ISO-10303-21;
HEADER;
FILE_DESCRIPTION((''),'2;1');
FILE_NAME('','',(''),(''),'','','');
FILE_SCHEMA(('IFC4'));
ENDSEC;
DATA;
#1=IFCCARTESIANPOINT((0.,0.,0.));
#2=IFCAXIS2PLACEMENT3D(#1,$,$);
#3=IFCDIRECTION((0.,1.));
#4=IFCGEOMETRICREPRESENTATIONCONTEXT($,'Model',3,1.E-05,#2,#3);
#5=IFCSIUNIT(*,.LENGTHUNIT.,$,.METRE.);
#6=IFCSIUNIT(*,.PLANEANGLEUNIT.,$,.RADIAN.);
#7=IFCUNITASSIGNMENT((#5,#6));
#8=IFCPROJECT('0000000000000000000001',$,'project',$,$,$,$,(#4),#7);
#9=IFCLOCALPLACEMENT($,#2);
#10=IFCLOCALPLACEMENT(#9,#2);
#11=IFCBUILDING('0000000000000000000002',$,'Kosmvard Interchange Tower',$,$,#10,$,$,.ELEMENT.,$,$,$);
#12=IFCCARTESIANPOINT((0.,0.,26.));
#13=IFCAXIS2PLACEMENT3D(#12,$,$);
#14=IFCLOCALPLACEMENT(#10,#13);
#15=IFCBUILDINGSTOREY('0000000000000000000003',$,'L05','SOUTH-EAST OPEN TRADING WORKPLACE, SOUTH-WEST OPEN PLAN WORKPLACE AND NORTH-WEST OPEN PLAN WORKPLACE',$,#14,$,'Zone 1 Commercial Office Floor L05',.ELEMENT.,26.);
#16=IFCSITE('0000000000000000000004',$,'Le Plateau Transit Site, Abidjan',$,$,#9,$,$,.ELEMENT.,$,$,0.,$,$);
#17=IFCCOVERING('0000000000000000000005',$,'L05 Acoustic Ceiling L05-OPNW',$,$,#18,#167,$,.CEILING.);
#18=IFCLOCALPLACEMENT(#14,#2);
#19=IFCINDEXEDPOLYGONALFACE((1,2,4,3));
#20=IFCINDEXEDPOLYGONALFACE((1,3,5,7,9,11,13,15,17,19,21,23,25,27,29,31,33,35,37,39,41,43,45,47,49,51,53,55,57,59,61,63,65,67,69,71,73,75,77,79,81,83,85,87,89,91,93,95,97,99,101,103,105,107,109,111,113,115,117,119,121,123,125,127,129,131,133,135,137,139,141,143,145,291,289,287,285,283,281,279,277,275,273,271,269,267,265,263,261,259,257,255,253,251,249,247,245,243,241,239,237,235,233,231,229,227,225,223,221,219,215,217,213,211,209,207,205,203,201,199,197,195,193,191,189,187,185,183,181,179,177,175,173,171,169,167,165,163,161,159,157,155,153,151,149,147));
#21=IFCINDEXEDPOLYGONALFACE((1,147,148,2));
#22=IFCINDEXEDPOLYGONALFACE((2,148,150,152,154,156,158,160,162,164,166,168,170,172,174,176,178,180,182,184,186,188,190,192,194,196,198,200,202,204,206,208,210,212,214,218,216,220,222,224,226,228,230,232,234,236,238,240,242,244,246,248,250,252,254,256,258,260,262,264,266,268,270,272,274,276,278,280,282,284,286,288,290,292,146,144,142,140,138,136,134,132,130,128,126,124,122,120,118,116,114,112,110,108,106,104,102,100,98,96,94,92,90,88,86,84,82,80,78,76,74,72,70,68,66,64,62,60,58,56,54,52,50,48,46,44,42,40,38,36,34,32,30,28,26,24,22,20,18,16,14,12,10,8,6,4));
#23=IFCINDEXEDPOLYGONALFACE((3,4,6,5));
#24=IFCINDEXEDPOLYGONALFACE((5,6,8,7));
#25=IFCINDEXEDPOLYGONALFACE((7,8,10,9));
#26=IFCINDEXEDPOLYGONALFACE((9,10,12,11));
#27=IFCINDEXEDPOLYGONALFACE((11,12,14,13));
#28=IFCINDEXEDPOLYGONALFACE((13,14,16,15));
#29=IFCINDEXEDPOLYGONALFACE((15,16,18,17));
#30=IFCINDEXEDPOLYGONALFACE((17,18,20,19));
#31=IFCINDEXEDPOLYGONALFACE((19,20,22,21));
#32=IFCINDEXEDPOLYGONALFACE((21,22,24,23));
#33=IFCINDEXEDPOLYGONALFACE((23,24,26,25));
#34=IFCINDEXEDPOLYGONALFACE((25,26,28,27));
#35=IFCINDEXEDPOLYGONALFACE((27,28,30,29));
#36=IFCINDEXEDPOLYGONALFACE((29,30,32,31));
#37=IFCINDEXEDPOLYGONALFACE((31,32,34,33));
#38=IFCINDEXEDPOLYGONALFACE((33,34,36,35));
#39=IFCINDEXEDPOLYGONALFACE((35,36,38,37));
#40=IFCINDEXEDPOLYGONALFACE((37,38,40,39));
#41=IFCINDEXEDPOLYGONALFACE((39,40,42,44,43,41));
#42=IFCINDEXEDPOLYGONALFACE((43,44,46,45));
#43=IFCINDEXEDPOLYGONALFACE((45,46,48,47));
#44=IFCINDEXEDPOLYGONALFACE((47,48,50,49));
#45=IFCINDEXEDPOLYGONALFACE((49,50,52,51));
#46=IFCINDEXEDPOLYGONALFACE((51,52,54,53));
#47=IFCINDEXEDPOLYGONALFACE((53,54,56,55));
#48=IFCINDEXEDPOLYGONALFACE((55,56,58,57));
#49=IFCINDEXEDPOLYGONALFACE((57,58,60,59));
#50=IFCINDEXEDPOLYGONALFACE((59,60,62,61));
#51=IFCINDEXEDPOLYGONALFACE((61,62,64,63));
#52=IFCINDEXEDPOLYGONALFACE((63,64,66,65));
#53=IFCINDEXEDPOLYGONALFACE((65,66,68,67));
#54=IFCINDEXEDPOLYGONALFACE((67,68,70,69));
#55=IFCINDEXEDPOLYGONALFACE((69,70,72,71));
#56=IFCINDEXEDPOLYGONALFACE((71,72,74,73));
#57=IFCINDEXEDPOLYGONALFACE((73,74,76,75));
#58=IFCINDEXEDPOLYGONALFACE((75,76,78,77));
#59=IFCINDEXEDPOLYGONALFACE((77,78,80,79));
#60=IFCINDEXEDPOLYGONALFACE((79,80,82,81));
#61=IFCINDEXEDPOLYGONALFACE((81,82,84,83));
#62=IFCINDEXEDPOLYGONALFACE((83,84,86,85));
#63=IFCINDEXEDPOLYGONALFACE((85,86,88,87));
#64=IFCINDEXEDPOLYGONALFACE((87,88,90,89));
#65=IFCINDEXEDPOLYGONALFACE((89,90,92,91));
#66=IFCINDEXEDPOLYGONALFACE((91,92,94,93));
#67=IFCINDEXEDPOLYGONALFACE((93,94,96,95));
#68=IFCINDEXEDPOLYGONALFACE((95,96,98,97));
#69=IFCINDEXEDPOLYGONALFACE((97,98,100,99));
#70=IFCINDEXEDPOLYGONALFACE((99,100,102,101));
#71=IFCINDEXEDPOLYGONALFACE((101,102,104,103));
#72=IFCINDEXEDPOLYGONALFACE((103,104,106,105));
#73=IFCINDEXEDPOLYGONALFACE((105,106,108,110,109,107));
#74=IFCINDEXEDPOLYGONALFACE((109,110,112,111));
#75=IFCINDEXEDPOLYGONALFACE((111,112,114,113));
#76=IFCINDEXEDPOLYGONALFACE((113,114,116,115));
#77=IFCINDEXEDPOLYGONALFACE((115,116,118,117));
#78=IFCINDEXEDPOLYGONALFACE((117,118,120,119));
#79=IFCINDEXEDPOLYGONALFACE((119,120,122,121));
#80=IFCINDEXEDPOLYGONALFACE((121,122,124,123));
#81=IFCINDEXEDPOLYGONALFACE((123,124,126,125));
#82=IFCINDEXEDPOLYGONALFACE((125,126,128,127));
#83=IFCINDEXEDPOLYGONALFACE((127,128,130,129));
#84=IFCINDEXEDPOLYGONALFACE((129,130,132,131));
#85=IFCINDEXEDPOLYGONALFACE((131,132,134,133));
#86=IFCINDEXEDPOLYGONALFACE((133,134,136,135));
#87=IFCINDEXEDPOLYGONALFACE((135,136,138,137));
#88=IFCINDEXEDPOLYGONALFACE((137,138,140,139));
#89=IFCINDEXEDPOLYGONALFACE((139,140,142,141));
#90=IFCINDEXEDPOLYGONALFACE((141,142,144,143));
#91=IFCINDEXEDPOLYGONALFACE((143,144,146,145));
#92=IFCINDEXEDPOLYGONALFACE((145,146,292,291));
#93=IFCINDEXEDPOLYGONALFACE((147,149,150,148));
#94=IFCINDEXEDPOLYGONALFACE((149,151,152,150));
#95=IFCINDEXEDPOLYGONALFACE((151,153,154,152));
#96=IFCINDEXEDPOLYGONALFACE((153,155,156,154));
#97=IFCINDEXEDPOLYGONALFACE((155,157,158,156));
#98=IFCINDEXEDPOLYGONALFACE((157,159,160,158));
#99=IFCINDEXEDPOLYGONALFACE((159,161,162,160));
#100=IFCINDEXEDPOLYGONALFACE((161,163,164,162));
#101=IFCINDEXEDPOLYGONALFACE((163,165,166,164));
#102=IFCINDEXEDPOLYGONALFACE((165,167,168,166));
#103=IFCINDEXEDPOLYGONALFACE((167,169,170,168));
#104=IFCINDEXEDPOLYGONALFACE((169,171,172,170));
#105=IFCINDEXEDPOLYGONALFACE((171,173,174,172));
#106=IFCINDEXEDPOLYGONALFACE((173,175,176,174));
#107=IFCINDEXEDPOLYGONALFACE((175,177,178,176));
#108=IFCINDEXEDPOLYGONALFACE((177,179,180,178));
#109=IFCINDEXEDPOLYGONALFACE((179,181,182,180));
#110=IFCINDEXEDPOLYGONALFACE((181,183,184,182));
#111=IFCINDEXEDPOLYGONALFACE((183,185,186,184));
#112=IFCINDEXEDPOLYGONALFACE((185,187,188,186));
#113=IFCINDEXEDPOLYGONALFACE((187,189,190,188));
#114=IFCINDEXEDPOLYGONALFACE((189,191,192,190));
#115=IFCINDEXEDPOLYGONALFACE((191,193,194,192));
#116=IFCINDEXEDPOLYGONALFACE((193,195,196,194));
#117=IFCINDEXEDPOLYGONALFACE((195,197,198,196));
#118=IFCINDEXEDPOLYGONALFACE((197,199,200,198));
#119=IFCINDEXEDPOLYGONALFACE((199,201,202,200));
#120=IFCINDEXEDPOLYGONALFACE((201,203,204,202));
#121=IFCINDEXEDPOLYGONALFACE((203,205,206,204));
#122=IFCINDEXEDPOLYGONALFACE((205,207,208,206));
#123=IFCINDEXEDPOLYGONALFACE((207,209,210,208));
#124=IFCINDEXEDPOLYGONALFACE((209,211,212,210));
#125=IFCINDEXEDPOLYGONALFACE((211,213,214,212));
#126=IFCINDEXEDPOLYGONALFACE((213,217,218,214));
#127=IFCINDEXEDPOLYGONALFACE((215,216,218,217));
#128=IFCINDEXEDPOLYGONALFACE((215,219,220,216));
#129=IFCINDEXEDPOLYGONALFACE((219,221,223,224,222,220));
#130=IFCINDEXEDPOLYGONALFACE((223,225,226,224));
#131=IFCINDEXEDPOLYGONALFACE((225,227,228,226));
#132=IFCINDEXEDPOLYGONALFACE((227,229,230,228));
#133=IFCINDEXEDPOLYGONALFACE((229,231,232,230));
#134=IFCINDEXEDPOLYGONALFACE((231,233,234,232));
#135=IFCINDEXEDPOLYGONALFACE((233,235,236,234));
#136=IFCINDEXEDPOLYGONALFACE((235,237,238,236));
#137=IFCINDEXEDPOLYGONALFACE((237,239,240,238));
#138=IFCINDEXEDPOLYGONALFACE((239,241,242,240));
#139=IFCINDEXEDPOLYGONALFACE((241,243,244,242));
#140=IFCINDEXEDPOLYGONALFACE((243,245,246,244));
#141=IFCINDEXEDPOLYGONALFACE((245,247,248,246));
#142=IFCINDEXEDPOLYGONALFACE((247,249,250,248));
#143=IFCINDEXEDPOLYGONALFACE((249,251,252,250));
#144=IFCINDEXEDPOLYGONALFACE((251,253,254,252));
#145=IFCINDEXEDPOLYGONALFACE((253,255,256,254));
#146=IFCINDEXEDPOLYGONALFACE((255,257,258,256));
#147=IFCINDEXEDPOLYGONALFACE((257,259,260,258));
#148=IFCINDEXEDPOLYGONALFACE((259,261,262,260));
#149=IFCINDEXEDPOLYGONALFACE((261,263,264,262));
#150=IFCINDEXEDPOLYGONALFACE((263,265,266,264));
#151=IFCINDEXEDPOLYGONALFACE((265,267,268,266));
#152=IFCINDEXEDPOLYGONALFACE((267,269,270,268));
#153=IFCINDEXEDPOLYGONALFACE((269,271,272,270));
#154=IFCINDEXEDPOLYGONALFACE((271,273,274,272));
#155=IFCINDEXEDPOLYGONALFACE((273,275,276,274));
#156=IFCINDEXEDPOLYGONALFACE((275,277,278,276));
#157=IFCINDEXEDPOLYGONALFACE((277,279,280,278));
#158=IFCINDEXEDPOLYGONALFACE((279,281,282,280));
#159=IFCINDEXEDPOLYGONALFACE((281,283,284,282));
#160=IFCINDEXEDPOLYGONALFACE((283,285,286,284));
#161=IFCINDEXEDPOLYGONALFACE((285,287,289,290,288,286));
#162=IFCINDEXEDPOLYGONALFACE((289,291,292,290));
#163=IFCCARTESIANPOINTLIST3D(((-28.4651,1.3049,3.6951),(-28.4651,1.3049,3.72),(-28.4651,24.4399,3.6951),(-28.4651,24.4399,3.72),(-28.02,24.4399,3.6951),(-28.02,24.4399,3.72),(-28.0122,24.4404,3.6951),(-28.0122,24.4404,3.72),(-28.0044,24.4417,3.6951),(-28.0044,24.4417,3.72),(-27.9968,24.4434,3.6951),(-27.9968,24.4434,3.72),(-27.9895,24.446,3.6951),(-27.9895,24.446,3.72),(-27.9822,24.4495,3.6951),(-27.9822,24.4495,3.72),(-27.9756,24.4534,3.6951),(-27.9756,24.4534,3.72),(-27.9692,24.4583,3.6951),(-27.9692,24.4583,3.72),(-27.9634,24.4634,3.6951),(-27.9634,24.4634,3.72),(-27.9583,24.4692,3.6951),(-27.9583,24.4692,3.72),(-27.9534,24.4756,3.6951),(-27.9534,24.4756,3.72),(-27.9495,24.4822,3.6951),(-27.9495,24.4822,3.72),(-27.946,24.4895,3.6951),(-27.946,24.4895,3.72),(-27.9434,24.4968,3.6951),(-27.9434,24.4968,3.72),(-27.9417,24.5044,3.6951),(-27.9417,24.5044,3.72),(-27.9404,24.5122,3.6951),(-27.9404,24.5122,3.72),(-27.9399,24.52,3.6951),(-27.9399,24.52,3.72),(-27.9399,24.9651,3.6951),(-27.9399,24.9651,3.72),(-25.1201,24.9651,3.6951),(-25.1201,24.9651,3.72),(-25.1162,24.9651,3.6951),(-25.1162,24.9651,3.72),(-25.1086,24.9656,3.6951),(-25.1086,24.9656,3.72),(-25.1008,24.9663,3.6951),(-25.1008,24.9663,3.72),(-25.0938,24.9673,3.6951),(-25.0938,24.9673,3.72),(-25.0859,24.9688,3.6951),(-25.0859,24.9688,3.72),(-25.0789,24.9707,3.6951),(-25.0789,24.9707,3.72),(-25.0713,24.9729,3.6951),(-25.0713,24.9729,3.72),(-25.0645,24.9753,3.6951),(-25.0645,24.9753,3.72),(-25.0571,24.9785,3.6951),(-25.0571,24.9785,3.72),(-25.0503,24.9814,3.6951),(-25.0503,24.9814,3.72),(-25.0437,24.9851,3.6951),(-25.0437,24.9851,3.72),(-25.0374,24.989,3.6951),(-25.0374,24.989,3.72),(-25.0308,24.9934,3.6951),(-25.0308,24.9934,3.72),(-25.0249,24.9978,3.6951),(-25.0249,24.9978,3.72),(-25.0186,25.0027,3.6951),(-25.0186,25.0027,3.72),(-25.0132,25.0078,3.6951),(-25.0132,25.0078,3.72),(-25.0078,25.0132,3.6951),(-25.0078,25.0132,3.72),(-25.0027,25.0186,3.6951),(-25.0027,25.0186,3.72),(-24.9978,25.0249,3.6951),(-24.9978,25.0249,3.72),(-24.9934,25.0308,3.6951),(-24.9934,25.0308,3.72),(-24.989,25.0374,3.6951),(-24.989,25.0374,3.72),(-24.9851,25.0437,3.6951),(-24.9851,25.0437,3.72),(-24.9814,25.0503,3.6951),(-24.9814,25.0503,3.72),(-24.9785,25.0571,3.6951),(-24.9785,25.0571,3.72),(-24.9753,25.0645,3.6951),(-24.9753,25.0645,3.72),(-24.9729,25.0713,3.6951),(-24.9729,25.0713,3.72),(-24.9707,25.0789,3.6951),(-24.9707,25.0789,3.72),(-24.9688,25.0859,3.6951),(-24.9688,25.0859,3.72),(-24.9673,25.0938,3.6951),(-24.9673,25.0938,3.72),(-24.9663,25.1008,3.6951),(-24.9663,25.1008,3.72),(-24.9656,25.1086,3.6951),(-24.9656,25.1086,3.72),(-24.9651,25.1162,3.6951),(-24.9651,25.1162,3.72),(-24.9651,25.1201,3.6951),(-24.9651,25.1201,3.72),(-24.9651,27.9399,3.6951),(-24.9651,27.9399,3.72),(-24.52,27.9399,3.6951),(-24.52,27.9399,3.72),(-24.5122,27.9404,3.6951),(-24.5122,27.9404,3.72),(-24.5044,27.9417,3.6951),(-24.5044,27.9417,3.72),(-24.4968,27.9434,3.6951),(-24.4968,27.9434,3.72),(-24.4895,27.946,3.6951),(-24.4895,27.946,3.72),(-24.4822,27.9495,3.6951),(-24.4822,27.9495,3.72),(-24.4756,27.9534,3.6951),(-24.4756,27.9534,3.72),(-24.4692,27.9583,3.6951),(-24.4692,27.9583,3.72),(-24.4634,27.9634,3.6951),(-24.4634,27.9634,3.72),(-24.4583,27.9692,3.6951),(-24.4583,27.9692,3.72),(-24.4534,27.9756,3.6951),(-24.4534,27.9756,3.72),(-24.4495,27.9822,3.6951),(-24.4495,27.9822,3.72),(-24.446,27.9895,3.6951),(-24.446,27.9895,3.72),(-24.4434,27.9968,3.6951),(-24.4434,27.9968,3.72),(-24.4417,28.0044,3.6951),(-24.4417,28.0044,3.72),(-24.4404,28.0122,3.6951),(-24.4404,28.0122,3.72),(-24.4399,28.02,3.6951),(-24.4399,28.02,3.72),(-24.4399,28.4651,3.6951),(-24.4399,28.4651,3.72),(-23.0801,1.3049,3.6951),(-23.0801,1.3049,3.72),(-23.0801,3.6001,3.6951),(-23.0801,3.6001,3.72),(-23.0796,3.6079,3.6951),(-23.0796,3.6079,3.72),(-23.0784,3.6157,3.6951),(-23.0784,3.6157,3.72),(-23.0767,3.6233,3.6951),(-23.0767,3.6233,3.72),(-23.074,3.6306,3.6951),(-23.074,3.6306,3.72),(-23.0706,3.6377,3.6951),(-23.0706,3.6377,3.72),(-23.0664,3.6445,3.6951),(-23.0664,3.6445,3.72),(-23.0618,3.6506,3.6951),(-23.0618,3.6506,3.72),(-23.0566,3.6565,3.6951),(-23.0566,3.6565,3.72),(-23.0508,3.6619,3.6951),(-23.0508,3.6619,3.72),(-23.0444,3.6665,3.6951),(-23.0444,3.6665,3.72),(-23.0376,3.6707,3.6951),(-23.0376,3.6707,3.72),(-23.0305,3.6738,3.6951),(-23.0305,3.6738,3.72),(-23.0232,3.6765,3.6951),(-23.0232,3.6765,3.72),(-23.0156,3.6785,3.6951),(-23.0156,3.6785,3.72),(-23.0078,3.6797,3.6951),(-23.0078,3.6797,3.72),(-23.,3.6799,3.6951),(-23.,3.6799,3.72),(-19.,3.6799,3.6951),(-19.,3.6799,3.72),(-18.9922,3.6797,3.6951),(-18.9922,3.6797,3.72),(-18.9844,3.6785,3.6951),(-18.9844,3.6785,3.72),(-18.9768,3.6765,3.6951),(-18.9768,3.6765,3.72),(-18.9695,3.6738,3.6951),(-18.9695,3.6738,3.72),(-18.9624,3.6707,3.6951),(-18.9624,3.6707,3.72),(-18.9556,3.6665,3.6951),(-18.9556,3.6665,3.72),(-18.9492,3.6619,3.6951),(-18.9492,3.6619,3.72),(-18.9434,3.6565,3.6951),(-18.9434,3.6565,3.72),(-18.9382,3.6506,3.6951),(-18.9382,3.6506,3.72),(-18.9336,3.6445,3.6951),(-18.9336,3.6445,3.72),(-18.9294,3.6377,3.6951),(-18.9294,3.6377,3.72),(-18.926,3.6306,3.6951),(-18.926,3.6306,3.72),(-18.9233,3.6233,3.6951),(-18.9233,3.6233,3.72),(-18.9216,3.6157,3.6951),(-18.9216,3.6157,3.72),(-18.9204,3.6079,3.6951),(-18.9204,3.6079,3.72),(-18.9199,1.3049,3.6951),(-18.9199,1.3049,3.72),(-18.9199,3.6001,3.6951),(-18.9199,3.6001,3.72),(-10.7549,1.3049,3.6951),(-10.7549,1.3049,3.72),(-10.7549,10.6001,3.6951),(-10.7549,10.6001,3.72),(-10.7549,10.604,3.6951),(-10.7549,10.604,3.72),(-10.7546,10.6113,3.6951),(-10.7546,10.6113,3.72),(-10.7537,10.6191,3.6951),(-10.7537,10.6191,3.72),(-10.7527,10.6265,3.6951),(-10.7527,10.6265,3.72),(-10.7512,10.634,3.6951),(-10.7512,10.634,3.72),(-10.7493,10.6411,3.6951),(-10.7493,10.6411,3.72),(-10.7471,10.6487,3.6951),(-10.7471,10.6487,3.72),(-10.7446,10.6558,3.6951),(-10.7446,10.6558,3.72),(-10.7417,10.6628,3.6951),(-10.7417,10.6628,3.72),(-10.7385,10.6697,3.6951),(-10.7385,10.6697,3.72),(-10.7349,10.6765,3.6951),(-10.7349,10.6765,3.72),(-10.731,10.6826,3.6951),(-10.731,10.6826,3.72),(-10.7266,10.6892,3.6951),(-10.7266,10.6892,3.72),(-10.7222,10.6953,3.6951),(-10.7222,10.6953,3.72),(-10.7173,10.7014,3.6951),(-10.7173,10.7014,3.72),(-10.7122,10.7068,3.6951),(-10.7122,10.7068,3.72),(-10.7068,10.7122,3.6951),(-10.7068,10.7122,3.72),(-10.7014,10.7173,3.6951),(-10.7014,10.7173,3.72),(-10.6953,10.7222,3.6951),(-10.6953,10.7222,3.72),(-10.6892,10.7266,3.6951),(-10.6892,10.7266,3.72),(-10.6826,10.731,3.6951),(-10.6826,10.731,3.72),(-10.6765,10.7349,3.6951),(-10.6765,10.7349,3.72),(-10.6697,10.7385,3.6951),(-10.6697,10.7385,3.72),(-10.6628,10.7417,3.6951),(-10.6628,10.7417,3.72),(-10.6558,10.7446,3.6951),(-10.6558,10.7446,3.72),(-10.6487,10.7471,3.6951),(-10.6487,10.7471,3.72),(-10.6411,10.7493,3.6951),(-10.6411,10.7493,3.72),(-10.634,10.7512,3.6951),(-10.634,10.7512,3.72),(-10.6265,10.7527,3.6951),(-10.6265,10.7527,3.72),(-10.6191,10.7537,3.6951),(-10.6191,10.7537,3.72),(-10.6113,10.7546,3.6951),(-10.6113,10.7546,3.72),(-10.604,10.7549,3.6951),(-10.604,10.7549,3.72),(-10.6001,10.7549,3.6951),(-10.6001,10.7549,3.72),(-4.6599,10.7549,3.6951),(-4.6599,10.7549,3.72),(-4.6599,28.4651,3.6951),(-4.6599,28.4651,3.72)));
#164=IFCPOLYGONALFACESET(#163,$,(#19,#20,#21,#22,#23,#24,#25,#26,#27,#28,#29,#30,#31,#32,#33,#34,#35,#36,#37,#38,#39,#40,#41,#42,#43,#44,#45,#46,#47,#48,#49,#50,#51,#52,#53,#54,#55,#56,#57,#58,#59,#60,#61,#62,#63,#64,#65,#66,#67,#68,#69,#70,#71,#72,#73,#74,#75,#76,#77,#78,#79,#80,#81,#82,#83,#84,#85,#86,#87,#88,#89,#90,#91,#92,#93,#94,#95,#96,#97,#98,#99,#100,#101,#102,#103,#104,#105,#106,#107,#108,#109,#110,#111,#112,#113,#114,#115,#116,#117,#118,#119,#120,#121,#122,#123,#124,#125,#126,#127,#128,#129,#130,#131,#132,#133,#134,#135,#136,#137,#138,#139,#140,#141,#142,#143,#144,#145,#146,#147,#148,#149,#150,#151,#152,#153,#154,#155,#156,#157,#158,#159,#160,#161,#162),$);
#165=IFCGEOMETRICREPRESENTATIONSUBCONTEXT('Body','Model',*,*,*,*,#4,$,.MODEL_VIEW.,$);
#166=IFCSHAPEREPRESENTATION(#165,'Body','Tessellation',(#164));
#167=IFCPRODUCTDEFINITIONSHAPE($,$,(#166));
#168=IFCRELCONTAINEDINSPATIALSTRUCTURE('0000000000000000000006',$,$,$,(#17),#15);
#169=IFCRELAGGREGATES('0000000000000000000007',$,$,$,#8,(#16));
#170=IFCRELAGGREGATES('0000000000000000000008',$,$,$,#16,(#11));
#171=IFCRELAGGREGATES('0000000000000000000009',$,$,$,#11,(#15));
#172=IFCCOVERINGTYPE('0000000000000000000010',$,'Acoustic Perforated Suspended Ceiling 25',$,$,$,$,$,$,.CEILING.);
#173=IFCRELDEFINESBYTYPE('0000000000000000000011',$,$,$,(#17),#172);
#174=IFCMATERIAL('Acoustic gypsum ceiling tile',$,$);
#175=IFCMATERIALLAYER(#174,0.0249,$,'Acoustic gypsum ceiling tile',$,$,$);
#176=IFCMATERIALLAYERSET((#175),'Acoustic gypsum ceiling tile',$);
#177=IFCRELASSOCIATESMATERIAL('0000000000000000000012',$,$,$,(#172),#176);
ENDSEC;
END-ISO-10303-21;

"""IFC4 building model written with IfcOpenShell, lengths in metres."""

from ifc_helpers import new_model, si_unit, direction, frame, origin, place, context, subcontext, project, spatial, polyline, outline, extrude, material, layer, layer_set, type_object, element, save


model = new_model("IFC4")

# Units and contexts
model_context = context("Model", 3, precision=1e-05, world=origin(), true_north=direction((0.0, 1.0)))
body_context = subcontext(model_context, "Body", "Model", "MODEL_VIEW")
ifc_project = project(units=[si_unit("LENGTHUNIT", "METRE"), si_unit("PLANEANGLEUNIT", "RADIAN")], contexts=[model_context])

# Site, building, storey
site_placement = place(None, origin())
site = spatial("IfcSite", under=ifc_project, at=site_placement, Name="Le Plateau Transit Site, Abidjan", CompositionType="ELEMENT", RefElevation=0.0)
building_placement = place(site_placement, origin())
building = spatial("IfcBuilding", under=site, at=building_placement, Name="Kosmvard Interchange Tower", CompositionType="ELEMENT")
storey_placement = place(building_placement, frame((0.0, 0.0, 26.0)))
storey = spatial("IfcBuildingStorey", under=building, at=storey_placement, Name="L05", Description="SOUTH-EAST OPEN TRADING WORKPLACE, SOUTH-WEST OPEN PLAN WORKPLACE AND NORTH-WEST OPEN PLAN WORKPLACE", LongName="Zone 1 Commercial Office Floor L05", CompositionType="ELEMENT", Elevation=26.0)

# Covering
ifc_material_1 = material(Name="Acoustic gypsum ceiling tile")
ifc_layer_1 = layer(ifc_material_1, 0.0249, Name="Acoustic gypsum ceiling tile")
ifc_layer_set_1 = layer_set([ifc_layer_1], Name="Acoustic gypsum ceiling tile")
covering_type_1 = type_object("IfcCoveringType", Name="Acoustic Perforated Suspended Ceiling 25", PredefinedType="CEILING", material=ifc_layer_set_1)
covering_1_placement = place(storey_placement, frame((0.0, 0.0, 3.6951)))
element("IfcCovering", 1, at=covering_1_placement, inside=storey, type_object=covering_type_1, Name="L05 Acoustic Ceiling L05-OPNW", PredefinedType="CEILING", context=body_context, shape_type="SweptSolid", body=[
    extrude(outline(polyline([(-24.4399, 28.4651), (-24.4399, 28.02), (-24.4404, 28.0122), (-24.4417, 28.0044), (-24.4434, 27.9968), (-24.446, 27.9895), (-24.4495, 27.9822), (-24.4534, 27.9756), (-24.4583, 27.9692), (-24.4634, 27.9634), (-24.4692, 27.9583), (-24.4756, 27.9534), (-24.4822, 27.9495), (-24.4895, 27.946), (-24.4968, 27.9434), (-24.5044, 27.9417), (-24.5122, 27.9404), (-24.52, 27.9399), (-24.9651, 27.9399), (-24.9651, 25.1201), (-24.9651, 25.1162), (-24.9656, 25.1086), (-24.9663, 25.1008), (-24.9673, 25.0938), (-24.9688, 25.0859), (-24.9707, 25.0789), (-24.9729, 25.0713), (-24.9753, 25.0645), (-24.9785, 25.0571), (-24.9814, 25.0503), (-24.9851, 25.0437), (-24.989, 25.0374), (-24.9934, 25.0308), (-24.9978, 25.0249), (-25.0027, 25.0186), (-25.0078, 25.0132), (-25.0132, 25.0078), (-25.0186, 25.0027), (-25.0249, 24.9978), (-25.0308, 24.9934), (-25.0374, 24.989), (-25.0437, 24.9851), (-25.0503, 24.9814), (-25.0571, 24.9785), (-25.0645, 24.9753), (-25.0713, 24.9729), (-25.0789, 24.9707), (-25.0859, 24.9688), (-25.0938, 24.9673), (-25.1008, 24.9663), (-25.1086, 24.9656), (-25.1162, 24.9651), (-25.1201, 24.9651), (-27.9399, 24.9651), (-27.9399, 24.52), (-27.9404, 24.5122), (-27.9417, 24.5044), (-27.9434, 24.4968), (-27.946, 24.4895), (-27.9495, 24.4822), (-27.9534, 24.4756), (-27.9583, 24.4692), (-27.9634, 24.4634), (-27.9692, 24.4583), (-27.9756, 24.4534), (-27.9822, 24.4495), (-27.9895, 24.446), (-27.9968, 24.4434), (-28.0044, 24.4417), (-28.0122, 24.4404), (-28.02, 24.4399), (-28.4651, 24.4399), (-28.4651, 1.3049), (-23.0801, 1.3049), (-23.0801, 3.6001), (-23.0796, 3.6079), (-23.0784, 3.6157), (-23.0767, 3.6233), (-23.074, 3.6306), (-23.0706, 3.6377), (-23.0664, 3.6445), (-23.0618, 3.6506), (-23.0566, 3.6565), (-23.0508, 3.6619), (-23.0444, 3.6665), (-23.0376, 3.6707), (-23.0305, 3.6738), (-23.0232, 3.6765), (-23.0156, 3.6785), (-23.0078, 3.6797), (-23.0, 3.6799), (-19.0, 3.6799), (-18.9922, 3.6797), (-18.9844, 3.6785), (-18.9768, 3.6765), (-18.9695, 3.6738), (-18.9624, 3.6707), (-18.9556, 3.6665), (-18.9492, 3.6619), (-18.9434, 3.6565), (-18.9382, 3.6506), (-18.9336, 3.6445), (-18.9294, 3.6377), (-18.926, 3.6306), (-18.9233, 3.6233), (-18.9216, 3.6157), (-18.9204, 3.6079), (-18.9199, 3.6001), (-18.9199, 1.3049), (-10.7549, 1.3049), (-10.7549, 10.6001), (-10.7549, 10.604), (-10.7546, 10.6113), (-10.7537, 10.6191), (-10.7527, 10.6265), (-10.7512, 10.634), (-10.7493, 10.6411), (-10.7471, 10.6487), (-10.7446, 10.6558), (-10.7417, 10.6628), (-10.7385, 10.6697), (-10.7349, 10.6765), (-10.731, 10.6826), (-10.7266, 10.6892), (-10.7222, 10.6953), (-10.7173, 10.7014), (-10.7122, 10.7068), (-10.7068, 10.7122), (-10.7014, 10.7173), (-10.6953, 10.7222), (-10.6892, 10.7266), (-10.6826, 10.731), (-10.6765, 10.7349), (-10.6697, 10.7385), (-10.6628, 10.7417), (-10.6558, 10.7446), (-10.6487, 10.7471), (-10.6411, 10.7493), (-10.634, 10.7512), (-10.6265, 10.7527), (-10.6191, 10.7537), (-10.6113, 10.7546), (-10.604, 10.7549), (-10.6001, 10.7549), (-4.6599, 10.7549), (-4.6599, 28.4651), (-24.4399, 28.4651)])), origin(), (0.0, 0.0, 1.0), 0.0249),
])

save(model, "model.ifc")
